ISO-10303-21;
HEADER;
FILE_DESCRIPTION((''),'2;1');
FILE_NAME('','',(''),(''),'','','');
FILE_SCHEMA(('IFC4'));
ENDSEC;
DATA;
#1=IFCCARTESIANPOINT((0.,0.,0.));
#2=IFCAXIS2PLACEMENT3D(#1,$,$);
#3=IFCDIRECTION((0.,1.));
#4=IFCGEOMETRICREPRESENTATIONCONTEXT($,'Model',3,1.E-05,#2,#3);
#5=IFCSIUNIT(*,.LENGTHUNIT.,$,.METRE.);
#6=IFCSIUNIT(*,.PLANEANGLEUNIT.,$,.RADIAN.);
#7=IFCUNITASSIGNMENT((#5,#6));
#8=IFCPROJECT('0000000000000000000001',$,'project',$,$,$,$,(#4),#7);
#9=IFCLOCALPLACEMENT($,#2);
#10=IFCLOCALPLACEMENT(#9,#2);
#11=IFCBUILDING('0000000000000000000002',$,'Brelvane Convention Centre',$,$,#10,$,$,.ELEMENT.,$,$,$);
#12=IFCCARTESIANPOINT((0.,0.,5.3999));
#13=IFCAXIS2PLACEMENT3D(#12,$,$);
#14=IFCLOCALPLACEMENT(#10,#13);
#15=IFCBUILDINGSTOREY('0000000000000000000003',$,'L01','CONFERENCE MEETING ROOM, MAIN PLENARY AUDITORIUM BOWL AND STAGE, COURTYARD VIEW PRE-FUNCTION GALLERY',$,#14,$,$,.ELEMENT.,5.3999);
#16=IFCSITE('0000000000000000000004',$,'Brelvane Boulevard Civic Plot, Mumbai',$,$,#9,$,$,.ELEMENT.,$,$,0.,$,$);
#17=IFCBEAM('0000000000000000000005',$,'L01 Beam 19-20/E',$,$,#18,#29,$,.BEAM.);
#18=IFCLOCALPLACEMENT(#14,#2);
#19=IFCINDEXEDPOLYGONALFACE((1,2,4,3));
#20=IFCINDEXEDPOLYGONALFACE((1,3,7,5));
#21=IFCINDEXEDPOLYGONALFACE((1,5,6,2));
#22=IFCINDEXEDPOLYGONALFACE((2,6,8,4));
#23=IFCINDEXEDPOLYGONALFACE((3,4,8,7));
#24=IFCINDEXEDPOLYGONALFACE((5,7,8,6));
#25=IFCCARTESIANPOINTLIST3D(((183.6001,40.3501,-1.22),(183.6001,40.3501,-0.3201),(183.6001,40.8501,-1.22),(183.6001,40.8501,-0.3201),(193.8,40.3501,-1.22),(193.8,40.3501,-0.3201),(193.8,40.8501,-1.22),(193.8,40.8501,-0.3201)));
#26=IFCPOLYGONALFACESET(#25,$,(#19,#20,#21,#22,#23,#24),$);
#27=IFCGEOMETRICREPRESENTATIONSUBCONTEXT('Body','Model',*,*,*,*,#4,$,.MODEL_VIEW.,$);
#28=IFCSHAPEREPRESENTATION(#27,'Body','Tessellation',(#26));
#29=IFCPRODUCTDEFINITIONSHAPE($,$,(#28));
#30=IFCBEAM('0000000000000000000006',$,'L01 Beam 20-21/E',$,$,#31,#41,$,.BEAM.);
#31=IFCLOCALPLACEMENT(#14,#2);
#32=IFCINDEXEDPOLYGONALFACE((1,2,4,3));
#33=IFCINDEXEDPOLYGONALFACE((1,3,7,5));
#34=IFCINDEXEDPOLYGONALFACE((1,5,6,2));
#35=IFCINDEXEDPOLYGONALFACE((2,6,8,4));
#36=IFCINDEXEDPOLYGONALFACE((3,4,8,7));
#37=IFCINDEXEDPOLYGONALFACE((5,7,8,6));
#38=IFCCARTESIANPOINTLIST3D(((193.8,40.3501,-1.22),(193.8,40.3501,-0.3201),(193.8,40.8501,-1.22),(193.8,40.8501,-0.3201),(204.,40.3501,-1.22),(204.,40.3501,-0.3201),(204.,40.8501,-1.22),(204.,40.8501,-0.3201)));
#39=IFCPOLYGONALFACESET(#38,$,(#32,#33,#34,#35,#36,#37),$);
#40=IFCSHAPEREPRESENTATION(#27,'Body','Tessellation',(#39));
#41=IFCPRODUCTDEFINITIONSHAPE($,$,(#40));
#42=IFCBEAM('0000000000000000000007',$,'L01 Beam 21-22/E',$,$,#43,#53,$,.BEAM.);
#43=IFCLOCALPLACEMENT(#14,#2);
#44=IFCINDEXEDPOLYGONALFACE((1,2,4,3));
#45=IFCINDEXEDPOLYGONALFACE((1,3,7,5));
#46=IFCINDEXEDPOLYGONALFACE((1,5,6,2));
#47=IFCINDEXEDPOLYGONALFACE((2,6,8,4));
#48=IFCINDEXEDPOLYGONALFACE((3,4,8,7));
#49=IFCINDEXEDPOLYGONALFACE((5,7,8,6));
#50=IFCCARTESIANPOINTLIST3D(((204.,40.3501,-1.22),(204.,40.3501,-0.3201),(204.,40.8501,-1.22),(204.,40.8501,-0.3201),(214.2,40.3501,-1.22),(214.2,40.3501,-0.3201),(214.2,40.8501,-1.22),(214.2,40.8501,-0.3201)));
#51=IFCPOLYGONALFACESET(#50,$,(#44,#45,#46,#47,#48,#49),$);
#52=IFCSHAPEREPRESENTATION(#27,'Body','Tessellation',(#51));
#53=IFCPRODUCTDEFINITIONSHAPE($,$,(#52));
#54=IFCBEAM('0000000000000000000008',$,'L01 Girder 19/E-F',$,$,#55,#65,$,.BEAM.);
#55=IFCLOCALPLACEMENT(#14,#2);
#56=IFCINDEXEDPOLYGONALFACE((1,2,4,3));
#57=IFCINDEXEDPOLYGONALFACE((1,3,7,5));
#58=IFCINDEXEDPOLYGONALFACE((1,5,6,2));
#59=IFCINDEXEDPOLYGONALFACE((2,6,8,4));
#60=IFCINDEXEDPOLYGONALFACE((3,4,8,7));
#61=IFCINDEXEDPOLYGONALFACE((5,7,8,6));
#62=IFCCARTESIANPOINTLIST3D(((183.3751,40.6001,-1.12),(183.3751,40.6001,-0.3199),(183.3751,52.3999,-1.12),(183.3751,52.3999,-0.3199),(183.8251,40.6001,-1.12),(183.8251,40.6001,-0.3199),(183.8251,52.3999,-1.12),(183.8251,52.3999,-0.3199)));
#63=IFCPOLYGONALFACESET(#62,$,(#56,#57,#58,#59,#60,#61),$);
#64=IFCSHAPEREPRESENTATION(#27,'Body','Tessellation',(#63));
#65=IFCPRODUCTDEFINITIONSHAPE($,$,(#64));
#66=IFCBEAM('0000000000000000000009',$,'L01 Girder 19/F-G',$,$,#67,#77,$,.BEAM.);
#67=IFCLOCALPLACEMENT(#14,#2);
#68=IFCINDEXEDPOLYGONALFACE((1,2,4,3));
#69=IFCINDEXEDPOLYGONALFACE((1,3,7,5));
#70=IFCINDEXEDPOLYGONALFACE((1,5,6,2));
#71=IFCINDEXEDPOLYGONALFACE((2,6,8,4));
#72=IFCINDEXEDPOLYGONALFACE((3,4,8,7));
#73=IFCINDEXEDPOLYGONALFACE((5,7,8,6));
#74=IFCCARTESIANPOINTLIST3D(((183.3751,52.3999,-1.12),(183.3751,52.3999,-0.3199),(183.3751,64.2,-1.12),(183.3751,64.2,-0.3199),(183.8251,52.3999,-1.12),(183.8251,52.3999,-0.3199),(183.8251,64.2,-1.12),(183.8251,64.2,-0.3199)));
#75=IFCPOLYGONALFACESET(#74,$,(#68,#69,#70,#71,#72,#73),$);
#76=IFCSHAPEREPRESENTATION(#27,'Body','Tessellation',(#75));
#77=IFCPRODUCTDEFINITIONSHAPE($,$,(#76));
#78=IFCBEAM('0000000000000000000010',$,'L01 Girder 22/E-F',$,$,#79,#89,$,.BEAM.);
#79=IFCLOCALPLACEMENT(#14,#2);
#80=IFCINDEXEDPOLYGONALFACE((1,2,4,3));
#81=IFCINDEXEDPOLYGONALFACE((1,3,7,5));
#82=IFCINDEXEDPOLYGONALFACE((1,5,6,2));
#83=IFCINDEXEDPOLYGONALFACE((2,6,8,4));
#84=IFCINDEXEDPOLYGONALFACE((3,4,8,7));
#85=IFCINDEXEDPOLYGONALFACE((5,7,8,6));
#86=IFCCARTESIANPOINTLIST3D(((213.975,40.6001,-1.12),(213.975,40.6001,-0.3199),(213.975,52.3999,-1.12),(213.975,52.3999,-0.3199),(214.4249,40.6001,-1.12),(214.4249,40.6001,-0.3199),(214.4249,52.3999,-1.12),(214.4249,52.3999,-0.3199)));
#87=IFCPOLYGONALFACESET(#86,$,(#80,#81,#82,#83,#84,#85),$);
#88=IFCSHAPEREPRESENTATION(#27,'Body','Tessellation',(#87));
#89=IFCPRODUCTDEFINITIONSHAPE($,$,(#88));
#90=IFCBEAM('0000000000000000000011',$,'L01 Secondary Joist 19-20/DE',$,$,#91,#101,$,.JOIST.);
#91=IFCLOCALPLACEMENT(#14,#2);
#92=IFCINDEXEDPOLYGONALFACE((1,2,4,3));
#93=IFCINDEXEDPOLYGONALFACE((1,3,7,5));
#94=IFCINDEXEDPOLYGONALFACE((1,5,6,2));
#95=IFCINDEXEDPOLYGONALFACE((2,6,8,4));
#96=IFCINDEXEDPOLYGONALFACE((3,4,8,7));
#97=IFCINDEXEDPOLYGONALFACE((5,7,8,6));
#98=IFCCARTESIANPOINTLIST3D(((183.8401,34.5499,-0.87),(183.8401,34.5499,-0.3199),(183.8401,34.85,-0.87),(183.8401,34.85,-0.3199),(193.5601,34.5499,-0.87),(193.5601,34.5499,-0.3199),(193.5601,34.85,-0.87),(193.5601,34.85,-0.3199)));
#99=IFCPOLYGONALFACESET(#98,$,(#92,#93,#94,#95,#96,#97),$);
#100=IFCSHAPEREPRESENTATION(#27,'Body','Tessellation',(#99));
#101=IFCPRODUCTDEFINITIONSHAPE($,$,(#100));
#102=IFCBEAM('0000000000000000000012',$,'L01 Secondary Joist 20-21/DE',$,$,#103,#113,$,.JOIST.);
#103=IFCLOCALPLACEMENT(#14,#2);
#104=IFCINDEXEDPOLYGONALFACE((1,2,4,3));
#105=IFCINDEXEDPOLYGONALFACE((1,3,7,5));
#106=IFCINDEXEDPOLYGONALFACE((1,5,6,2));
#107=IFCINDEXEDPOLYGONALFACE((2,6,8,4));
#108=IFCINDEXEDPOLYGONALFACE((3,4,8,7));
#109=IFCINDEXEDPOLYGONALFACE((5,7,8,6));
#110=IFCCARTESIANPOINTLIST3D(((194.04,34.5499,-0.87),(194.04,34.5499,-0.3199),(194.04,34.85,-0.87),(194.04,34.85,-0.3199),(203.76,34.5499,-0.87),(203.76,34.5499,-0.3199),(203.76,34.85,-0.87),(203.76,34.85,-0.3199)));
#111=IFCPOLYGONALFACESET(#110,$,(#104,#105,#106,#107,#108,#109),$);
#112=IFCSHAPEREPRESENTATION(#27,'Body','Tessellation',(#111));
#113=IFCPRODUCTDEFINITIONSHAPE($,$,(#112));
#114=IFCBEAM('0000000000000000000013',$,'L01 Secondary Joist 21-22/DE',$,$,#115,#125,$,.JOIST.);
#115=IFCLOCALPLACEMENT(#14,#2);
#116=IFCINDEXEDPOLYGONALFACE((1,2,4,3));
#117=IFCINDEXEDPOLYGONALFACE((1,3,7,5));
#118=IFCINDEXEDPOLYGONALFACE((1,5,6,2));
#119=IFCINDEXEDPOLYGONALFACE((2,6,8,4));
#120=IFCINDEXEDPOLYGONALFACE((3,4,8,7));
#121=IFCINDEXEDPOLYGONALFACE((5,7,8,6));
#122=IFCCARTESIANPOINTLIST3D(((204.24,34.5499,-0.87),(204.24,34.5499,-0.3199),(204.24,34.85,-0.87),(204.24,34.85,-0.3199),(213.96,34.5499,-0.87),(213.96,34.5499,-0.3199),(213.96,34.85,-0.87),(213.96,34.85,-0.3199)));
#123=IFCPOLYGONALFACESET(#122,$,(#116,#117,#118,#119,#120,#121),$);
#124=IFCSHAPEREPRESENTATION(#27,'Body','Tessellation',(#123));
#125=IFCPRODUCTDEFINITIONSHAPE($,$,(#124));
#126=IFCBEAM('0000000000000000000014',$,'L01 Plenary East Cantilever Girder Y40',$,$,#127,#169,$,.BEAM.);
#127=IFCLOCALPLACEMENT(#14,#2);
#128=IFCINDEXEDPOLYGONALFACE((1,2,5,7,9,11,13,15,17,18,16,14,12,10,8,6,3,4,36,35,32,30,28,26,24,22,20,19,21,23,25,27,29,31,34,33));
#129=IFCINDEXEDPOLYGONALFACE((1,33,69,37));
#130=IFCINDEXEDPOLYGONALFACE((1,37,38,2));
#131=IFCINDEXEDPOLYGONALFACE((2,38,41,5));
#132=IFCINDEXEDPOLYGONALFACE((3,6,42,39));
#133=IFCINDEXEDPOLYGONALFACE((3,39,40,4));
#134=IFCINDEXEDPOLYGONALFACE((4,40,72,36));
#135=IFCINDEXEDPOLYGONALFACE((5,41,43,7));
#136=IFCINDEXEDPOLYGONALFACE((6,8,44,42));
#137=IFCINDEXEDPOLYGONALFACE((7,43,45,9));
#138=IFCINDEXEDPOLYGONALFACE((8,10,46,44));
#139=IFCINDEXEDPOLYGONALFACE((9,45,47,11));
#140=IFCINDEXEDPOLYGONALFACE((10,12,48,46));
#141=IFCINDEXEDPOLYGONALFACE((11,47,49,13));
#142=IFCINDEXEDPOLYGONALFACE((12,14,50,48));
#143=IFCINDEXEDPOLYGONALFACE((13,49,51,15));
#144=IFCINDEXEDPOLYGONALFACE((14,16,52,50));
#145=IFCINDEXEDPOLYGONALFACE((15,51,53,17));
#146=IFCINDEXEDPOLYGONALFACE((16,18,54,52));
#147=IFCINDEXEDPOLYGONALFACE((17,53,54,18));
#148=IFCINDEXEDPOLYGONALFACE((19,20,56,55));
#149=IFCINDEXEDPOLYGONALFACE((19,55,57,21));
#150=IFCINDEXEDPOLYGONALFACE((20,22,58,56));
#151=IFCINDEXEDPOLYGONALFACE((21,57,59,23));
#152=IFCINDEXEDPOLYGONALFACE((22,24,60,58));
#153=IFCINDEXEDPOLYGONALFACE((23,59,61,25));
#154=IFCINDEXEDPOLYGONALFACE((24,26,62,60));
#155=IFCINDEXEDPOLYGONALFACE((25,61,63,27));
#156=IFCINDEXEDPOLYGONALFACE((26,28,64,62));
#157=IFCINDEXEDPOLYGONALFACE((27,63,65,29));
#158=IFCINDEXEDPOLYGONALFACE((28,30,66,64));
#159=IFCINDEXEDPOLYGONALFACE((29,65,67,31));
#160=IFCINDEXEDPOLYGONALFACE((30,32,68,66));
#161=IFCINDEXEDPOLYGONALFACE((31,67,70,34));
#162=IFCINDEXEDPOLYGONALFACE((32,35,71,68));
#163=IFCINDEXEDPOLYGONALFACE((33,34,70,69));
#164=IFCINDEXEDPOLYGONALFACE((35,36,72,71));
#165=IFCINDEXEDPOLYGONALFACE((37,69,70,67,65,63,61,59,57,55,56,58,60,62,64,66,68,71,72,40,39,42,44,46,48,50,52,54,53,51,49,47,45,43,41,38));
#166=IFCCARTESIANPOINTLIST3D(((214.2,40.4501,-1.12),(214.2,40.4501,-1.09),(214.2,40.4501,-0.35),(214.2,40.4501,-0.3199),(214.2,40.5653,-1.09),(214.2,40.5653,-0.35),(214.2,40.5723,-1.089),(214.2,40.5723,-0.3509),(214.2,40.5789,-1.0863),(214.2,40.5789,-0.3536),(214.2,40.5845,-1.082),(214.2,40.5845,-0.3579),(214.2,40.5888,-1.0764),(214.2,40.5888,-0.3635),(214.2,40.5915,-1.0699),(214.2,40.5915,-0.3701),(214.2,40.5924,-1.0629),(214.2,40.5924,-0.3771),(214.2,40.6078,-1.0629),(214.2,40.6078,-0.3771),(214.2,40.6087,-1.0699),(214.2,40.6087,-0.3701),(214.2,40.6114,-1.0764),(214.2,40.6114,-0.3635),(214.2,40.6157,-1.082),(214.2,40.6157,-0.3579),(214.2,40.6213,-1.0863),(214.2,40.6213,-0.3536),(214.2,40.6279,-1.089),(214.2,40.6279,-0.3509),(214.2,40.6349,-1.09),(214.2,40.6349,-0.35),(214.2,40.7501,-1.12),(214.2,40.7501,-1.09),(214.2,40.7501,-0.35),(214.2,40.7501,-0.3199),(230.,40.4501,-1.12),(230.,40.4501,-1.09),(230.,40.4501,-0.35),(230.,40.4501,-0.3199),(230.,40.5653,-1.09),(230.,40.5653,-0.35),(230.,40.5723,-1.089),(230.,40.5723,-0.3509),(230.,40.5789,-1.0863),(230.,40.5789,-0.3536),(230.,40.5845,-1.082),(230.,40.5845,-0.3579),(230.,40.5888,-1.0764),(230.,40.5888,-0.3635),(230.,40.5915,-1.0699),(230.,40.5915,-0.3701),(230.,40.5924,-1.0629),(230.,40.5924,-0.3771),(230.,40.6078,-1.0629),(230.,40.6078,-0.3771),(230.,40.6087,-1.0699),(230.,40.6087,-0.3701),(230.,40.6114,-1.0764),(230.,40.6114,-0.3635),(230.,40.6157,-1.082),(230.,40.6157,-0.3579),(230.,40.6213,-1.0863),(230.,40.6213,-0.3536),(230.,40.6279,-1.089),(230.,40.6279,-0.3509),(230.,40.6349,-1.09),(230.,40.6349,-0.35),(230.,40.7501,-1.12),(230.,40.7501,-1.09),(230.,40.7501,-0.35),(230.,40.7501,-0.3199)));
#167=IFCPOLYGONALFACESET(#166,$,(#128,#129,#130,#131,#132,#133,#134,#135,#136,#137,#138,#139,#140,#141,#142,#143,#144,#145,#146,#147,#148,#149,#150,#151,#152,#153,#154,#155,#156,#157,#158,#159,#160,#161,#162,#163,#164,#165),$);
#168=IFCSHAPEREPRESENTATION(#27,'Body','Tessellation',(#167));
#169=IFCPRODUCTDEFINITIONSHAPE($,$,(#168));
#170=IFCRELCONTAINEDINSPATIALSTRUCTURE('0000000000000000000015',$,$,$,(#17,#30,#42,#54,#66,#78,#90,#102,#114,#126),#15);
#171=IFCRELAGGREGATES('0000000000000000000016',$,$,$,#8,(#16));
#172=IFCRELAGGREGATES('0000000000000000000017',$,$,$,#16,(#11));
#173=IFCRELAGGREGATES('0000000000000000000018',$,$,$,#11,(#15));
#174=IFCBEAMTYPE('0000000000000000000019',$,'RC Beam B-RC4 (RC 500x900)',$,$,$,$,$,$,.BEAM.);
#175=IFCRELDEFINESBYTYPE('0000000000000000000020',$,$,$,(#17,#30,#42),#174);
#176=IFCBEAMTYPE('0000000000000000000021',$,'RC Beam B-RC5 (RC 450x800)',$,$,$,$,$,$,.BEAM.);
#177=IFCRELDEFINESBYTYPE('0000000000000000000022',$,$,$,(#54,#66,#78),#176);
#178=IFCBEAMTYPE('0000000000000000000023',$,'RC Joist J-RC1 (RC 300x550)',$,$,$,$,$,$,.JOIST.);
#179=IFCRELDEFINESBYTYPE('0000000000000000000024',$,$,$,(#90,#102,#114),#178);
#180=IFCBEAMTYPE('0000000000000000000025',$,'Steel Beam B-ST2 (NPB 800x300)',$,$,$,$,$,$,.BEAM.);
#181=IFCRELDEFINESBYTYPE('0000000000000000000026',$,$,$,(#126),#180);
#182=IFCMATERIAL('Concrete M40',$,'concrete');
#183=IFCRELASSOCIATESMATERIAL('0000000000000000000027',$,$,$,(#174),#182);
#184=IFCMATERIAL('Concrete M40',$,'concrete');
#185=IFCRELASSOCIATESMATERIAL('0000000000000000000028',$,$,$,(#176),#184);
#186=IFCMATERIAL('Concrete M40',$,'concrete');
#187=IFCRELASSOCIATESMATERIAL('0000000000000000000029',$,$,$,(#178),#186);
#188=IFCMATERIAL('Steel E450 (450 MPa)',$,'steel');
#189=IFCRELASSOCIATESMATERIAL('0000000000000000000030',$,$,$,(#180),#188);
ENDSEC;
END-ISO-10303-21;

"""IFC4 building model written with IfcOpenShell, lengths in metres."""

from ifc_helpers import new_model, si_unit, direction, frame, origin, origin_2d, place, context, subcontext, project, spatial, rectangle, i_section, extrude, material, material_profile, profile_set, type_object, element, save


model = new_model("IFC4")

# Units and contexts
model_context = context("Model", 3, precision=1e-05, world=origin(), true_north=direction((0.0, 1.0)))
body_context = subcontext(model_context, "Body", "Model", "MODEL_VIEW")
ifc_project = project(units=[si_unit("LENGTHUNIT", "METRE"), si_unit("PLANEANGLEUNIT", "RADIAN")], contexts=[model_context])

# Site, building, storey
site_placement = place(None, origin())
site = spatial("IfcSite", under=ifc_project, at=site_placement, Name="Brelvane Boulevard Civic Plot, Mumbai", CompositionType="ELEMENT", RefElevation=0.0)
building_placement = place(site_placement, origin())
building = spatial("IfcBuilding", under=site, at=building_placement, Name="Brelvane Convention Centre", CompositionType="ELEMENT")
storey_placement = place(building_placement, frame((0.0, 0.0, 5.3999)))
storey = spatial("IfcBuildingStorey", under=building, at=storey_placement, Name="L01", Description="CONFERENCE MEETING ROOM, MAIN PLENARY AUDITORIUM BOWL AND STAGE, COURTYARD VIEW PRE-FUNCTION GALLERY", CompositionType="ELEMENT", Elevation=5.3999)

# Beams
ifc_material_1 = material(Name="Concrete M40", Category="concrete")
ifc_material_profile_1 = material_profile(ifc_material_1, rectangle(XDim=0.5, YDim=0.8999, at=origin_2d()), Name="RC 500x900")
ifc_profile_set_1 = profile_set([ifc_material_profile_1], Name="Concrete M40")
beam_type_1 = type_object("IfcBeamType", Name="RC Beam B-RC4 (RC 500x900)", PredefinedType="BEAM", material=ifc_profile_set_1)
for number, where, z_axis, x_axis, name in (
    (1, (183.6001, 40.6001, -0.77), (1.0, 0.0, 0.0), (0.0, 1.0, 0.0), "L01 Beam 19-20/E"),
    (2, (193.8, 40.6001, -0.77), (1.0, 0.0, 0.0), (0.0, 1.0, 0.0), "L01 Beam 20-21/E"),
    (3, (204.0, 40.6001, -0.77), (1.0, 0.0, 0.0), (0.0, 1.0, 0.0), "L01 Beam 21-22/E"),
):
    element("IfcBeam", number, at=place(storey_placement, frame(where, z_axis=z_axis, x_axis=x_axis)), inside=storey, type_object=beam_type_1, Name=name, PredefinedType="BEAM", context=body_context, shape_type="SweptSolid", body=[
        extrude(rectangle(XDim=0.5, YDim=0.8999, at=origin_2d()), origin(), (0.0, 0.0, 1.0), 10.2),
    ])
ifc_material_2 = material(Name="Concrete M40", Category="concrete")
ifc_material_profile_2 = material_profile(ifc_material_2, rectangle(XDim=0.45, YDim=0.8, at=origin_2d()), Name="RC 450x800")
ifc_profile_set_2 = profile_set([ifc_material_profile_2], Name="Concrete M40")
beam_type_2 = type_object("IfcBeamType", Name="RC Beam B-RC5 (RC 450x800)", PredefinedType="BEAM", material=ifc_profile_set_2)
beam_1_placement = place(storey_placement, frame((183.6001, 40.6001, -0.72), z_axis=(0.0, 1.0, 0.0), x_axis=(-1.0, 0.0, 0.0)))
element("IfcBeam", 4, at=beam_1_placement, inside=storey, type_object=beam_type_2, Name="L01 Girder 19/E-F", PredefinedType="BEAM", context=body_context, shape_type="SweptSolid", body=[
    extrude(rectangle(XDim=0.45, YDim=0.8, at=origin_2d()), origin(), (0.0, 0.0, 1.0), 11.7998),
])
beam_2_placement = place(storey_placement, frame((183.6001, 52.3999, -0.72), z_axis=(0.0, 1.0, 0.0), x_axis=(-1.0, 0.0, 0.0)))
element("IfcBeam", 5, at=beam_2_placement, inside=storey, type_object=beam_type_2, Name="L01 Girder 19/F-G", PredefinedType="BEAM", context=body_context, shape_type="SweptSolid", body=[
    extrude(rectangle(XDim=0.45, YDim=0.8, at=origin_2d()), origin(), (0.0, 0.0, 1.0), 11.8),
])
beam_3_placement = place(storey_placement, frame((214.2, 40.6001, -0.72), z_axis=(0.0, 1.0, 0.0), x_axis=(-1.0, 0.0, 0.0)))
element("IfcBeam", 6, at=beam_3_placement, inside=storey, type_object=beam_type_2, Name="L01 Girder 22/E-F", PredefinedType="BEAM", context=body_context, shape_type="SweptSolid", body=[
    extrude(rectangle(XDim=0.45, YDim=0.8, at=origin_2d()), origin(), (0.0, 0.0, 1.0), 11.7998),
])
ifc_material_3 = material(Name="Concrete M40", Category="concrete")
ifc_material_profile_3 = material_profile(ifc_material_3, rectangle(XDim=0.3, YDim=0.55, at=origin_2d()), Name="RC 300x550")
ifc_profile_set_3 = profile_set([ifc_material_profile_3], Name="Concrete M40")
beam_type_3 = type_object("IfcBeamType", Name="RC Joist J-RC1 (RC 300x550)", PredefinedType="JOIST", material=ifc_profile_set_3)
for number, where, z_axis, x_axis, name in (
    (7, (183.8401, 34.7, -0.595), (1.0, 0.0, 0.0), (0.0, 1.0, 0.0), "L01 Secondary Joist 19-20/DE"),
    (8, (194.04, 34.7, -0.595), (1.0, 0.0, 0.0), (0.0, 1.0, 0.0), "L01 Secondary Joist 20-21/DE"),
    (9, (204.24, 34.7, -0.595), (1.0, 0.0, 0.0), (0.0, 1.0, 0.0), "L01 Secondary Joist 21-22/DE"),
):
    element("IfcBeam", number, at=place(storey_placement, frame(where, z_axis=z_axis, x_axis=x_axis)), inside=storey, type_object=beam_type_3, Name=name, PredefinedType="JOIST", context=body_context, shape_type="SweptSolid", body=[
        extrude(rectangle(XDim=0.3, YDim=0.55, at=origin_2d()), origin(), (0.0, 0.0, 1.0), 9.72),
    ])
ifc_material_4 = material(Name="Steel E450 (450 MPa)", Category="steel")
ifc_material_profile_4 = material_profile(ifc_material_4, i_section(OverallWidth=0.3, OverallDepth=0.8, WebThickness=0.0154, FlangeThickness=0.03, FilletRadius=0.0271, at=origin_2d()), Name="NPB 800x300")
ifc_profile_set_4 = profile_set([ifc_material_profile_4], Name="Steel E450 (450 MPa)")
beam_type_4 = type_object("IfcBeamType", Name="Steel Beam B-ST2 (NPB 800x300)", PredefinedType="BEAM", material=ifc_profile_set_4)
beam_4_placement = place(storey_placement, frame((214.2, 40.6001, -0.72), z_axis=(1.0, 0.0, 0.0), x_axis=(0.0, 1.0, 0.0)))
element("IfcBeam", 10, at=beam_4_placement, inside=storey, type_object=beam_type_4, Name="L01 Plenary East Cantilever Girder Y40", PredefinedType="BEAM", context=body_context, shape_type="SweptSolid", body=[
    extrude(i_section(OverallWidth=0.3, OverallDepth=0.8, WebThickness=0.0154, FlangeThickness=0.03, FilletRadius=0.0271, at=origin_2d()), origin(), (0.0, 0.0, 1.0), 15.8),
])

save(model, "model.ifc")
